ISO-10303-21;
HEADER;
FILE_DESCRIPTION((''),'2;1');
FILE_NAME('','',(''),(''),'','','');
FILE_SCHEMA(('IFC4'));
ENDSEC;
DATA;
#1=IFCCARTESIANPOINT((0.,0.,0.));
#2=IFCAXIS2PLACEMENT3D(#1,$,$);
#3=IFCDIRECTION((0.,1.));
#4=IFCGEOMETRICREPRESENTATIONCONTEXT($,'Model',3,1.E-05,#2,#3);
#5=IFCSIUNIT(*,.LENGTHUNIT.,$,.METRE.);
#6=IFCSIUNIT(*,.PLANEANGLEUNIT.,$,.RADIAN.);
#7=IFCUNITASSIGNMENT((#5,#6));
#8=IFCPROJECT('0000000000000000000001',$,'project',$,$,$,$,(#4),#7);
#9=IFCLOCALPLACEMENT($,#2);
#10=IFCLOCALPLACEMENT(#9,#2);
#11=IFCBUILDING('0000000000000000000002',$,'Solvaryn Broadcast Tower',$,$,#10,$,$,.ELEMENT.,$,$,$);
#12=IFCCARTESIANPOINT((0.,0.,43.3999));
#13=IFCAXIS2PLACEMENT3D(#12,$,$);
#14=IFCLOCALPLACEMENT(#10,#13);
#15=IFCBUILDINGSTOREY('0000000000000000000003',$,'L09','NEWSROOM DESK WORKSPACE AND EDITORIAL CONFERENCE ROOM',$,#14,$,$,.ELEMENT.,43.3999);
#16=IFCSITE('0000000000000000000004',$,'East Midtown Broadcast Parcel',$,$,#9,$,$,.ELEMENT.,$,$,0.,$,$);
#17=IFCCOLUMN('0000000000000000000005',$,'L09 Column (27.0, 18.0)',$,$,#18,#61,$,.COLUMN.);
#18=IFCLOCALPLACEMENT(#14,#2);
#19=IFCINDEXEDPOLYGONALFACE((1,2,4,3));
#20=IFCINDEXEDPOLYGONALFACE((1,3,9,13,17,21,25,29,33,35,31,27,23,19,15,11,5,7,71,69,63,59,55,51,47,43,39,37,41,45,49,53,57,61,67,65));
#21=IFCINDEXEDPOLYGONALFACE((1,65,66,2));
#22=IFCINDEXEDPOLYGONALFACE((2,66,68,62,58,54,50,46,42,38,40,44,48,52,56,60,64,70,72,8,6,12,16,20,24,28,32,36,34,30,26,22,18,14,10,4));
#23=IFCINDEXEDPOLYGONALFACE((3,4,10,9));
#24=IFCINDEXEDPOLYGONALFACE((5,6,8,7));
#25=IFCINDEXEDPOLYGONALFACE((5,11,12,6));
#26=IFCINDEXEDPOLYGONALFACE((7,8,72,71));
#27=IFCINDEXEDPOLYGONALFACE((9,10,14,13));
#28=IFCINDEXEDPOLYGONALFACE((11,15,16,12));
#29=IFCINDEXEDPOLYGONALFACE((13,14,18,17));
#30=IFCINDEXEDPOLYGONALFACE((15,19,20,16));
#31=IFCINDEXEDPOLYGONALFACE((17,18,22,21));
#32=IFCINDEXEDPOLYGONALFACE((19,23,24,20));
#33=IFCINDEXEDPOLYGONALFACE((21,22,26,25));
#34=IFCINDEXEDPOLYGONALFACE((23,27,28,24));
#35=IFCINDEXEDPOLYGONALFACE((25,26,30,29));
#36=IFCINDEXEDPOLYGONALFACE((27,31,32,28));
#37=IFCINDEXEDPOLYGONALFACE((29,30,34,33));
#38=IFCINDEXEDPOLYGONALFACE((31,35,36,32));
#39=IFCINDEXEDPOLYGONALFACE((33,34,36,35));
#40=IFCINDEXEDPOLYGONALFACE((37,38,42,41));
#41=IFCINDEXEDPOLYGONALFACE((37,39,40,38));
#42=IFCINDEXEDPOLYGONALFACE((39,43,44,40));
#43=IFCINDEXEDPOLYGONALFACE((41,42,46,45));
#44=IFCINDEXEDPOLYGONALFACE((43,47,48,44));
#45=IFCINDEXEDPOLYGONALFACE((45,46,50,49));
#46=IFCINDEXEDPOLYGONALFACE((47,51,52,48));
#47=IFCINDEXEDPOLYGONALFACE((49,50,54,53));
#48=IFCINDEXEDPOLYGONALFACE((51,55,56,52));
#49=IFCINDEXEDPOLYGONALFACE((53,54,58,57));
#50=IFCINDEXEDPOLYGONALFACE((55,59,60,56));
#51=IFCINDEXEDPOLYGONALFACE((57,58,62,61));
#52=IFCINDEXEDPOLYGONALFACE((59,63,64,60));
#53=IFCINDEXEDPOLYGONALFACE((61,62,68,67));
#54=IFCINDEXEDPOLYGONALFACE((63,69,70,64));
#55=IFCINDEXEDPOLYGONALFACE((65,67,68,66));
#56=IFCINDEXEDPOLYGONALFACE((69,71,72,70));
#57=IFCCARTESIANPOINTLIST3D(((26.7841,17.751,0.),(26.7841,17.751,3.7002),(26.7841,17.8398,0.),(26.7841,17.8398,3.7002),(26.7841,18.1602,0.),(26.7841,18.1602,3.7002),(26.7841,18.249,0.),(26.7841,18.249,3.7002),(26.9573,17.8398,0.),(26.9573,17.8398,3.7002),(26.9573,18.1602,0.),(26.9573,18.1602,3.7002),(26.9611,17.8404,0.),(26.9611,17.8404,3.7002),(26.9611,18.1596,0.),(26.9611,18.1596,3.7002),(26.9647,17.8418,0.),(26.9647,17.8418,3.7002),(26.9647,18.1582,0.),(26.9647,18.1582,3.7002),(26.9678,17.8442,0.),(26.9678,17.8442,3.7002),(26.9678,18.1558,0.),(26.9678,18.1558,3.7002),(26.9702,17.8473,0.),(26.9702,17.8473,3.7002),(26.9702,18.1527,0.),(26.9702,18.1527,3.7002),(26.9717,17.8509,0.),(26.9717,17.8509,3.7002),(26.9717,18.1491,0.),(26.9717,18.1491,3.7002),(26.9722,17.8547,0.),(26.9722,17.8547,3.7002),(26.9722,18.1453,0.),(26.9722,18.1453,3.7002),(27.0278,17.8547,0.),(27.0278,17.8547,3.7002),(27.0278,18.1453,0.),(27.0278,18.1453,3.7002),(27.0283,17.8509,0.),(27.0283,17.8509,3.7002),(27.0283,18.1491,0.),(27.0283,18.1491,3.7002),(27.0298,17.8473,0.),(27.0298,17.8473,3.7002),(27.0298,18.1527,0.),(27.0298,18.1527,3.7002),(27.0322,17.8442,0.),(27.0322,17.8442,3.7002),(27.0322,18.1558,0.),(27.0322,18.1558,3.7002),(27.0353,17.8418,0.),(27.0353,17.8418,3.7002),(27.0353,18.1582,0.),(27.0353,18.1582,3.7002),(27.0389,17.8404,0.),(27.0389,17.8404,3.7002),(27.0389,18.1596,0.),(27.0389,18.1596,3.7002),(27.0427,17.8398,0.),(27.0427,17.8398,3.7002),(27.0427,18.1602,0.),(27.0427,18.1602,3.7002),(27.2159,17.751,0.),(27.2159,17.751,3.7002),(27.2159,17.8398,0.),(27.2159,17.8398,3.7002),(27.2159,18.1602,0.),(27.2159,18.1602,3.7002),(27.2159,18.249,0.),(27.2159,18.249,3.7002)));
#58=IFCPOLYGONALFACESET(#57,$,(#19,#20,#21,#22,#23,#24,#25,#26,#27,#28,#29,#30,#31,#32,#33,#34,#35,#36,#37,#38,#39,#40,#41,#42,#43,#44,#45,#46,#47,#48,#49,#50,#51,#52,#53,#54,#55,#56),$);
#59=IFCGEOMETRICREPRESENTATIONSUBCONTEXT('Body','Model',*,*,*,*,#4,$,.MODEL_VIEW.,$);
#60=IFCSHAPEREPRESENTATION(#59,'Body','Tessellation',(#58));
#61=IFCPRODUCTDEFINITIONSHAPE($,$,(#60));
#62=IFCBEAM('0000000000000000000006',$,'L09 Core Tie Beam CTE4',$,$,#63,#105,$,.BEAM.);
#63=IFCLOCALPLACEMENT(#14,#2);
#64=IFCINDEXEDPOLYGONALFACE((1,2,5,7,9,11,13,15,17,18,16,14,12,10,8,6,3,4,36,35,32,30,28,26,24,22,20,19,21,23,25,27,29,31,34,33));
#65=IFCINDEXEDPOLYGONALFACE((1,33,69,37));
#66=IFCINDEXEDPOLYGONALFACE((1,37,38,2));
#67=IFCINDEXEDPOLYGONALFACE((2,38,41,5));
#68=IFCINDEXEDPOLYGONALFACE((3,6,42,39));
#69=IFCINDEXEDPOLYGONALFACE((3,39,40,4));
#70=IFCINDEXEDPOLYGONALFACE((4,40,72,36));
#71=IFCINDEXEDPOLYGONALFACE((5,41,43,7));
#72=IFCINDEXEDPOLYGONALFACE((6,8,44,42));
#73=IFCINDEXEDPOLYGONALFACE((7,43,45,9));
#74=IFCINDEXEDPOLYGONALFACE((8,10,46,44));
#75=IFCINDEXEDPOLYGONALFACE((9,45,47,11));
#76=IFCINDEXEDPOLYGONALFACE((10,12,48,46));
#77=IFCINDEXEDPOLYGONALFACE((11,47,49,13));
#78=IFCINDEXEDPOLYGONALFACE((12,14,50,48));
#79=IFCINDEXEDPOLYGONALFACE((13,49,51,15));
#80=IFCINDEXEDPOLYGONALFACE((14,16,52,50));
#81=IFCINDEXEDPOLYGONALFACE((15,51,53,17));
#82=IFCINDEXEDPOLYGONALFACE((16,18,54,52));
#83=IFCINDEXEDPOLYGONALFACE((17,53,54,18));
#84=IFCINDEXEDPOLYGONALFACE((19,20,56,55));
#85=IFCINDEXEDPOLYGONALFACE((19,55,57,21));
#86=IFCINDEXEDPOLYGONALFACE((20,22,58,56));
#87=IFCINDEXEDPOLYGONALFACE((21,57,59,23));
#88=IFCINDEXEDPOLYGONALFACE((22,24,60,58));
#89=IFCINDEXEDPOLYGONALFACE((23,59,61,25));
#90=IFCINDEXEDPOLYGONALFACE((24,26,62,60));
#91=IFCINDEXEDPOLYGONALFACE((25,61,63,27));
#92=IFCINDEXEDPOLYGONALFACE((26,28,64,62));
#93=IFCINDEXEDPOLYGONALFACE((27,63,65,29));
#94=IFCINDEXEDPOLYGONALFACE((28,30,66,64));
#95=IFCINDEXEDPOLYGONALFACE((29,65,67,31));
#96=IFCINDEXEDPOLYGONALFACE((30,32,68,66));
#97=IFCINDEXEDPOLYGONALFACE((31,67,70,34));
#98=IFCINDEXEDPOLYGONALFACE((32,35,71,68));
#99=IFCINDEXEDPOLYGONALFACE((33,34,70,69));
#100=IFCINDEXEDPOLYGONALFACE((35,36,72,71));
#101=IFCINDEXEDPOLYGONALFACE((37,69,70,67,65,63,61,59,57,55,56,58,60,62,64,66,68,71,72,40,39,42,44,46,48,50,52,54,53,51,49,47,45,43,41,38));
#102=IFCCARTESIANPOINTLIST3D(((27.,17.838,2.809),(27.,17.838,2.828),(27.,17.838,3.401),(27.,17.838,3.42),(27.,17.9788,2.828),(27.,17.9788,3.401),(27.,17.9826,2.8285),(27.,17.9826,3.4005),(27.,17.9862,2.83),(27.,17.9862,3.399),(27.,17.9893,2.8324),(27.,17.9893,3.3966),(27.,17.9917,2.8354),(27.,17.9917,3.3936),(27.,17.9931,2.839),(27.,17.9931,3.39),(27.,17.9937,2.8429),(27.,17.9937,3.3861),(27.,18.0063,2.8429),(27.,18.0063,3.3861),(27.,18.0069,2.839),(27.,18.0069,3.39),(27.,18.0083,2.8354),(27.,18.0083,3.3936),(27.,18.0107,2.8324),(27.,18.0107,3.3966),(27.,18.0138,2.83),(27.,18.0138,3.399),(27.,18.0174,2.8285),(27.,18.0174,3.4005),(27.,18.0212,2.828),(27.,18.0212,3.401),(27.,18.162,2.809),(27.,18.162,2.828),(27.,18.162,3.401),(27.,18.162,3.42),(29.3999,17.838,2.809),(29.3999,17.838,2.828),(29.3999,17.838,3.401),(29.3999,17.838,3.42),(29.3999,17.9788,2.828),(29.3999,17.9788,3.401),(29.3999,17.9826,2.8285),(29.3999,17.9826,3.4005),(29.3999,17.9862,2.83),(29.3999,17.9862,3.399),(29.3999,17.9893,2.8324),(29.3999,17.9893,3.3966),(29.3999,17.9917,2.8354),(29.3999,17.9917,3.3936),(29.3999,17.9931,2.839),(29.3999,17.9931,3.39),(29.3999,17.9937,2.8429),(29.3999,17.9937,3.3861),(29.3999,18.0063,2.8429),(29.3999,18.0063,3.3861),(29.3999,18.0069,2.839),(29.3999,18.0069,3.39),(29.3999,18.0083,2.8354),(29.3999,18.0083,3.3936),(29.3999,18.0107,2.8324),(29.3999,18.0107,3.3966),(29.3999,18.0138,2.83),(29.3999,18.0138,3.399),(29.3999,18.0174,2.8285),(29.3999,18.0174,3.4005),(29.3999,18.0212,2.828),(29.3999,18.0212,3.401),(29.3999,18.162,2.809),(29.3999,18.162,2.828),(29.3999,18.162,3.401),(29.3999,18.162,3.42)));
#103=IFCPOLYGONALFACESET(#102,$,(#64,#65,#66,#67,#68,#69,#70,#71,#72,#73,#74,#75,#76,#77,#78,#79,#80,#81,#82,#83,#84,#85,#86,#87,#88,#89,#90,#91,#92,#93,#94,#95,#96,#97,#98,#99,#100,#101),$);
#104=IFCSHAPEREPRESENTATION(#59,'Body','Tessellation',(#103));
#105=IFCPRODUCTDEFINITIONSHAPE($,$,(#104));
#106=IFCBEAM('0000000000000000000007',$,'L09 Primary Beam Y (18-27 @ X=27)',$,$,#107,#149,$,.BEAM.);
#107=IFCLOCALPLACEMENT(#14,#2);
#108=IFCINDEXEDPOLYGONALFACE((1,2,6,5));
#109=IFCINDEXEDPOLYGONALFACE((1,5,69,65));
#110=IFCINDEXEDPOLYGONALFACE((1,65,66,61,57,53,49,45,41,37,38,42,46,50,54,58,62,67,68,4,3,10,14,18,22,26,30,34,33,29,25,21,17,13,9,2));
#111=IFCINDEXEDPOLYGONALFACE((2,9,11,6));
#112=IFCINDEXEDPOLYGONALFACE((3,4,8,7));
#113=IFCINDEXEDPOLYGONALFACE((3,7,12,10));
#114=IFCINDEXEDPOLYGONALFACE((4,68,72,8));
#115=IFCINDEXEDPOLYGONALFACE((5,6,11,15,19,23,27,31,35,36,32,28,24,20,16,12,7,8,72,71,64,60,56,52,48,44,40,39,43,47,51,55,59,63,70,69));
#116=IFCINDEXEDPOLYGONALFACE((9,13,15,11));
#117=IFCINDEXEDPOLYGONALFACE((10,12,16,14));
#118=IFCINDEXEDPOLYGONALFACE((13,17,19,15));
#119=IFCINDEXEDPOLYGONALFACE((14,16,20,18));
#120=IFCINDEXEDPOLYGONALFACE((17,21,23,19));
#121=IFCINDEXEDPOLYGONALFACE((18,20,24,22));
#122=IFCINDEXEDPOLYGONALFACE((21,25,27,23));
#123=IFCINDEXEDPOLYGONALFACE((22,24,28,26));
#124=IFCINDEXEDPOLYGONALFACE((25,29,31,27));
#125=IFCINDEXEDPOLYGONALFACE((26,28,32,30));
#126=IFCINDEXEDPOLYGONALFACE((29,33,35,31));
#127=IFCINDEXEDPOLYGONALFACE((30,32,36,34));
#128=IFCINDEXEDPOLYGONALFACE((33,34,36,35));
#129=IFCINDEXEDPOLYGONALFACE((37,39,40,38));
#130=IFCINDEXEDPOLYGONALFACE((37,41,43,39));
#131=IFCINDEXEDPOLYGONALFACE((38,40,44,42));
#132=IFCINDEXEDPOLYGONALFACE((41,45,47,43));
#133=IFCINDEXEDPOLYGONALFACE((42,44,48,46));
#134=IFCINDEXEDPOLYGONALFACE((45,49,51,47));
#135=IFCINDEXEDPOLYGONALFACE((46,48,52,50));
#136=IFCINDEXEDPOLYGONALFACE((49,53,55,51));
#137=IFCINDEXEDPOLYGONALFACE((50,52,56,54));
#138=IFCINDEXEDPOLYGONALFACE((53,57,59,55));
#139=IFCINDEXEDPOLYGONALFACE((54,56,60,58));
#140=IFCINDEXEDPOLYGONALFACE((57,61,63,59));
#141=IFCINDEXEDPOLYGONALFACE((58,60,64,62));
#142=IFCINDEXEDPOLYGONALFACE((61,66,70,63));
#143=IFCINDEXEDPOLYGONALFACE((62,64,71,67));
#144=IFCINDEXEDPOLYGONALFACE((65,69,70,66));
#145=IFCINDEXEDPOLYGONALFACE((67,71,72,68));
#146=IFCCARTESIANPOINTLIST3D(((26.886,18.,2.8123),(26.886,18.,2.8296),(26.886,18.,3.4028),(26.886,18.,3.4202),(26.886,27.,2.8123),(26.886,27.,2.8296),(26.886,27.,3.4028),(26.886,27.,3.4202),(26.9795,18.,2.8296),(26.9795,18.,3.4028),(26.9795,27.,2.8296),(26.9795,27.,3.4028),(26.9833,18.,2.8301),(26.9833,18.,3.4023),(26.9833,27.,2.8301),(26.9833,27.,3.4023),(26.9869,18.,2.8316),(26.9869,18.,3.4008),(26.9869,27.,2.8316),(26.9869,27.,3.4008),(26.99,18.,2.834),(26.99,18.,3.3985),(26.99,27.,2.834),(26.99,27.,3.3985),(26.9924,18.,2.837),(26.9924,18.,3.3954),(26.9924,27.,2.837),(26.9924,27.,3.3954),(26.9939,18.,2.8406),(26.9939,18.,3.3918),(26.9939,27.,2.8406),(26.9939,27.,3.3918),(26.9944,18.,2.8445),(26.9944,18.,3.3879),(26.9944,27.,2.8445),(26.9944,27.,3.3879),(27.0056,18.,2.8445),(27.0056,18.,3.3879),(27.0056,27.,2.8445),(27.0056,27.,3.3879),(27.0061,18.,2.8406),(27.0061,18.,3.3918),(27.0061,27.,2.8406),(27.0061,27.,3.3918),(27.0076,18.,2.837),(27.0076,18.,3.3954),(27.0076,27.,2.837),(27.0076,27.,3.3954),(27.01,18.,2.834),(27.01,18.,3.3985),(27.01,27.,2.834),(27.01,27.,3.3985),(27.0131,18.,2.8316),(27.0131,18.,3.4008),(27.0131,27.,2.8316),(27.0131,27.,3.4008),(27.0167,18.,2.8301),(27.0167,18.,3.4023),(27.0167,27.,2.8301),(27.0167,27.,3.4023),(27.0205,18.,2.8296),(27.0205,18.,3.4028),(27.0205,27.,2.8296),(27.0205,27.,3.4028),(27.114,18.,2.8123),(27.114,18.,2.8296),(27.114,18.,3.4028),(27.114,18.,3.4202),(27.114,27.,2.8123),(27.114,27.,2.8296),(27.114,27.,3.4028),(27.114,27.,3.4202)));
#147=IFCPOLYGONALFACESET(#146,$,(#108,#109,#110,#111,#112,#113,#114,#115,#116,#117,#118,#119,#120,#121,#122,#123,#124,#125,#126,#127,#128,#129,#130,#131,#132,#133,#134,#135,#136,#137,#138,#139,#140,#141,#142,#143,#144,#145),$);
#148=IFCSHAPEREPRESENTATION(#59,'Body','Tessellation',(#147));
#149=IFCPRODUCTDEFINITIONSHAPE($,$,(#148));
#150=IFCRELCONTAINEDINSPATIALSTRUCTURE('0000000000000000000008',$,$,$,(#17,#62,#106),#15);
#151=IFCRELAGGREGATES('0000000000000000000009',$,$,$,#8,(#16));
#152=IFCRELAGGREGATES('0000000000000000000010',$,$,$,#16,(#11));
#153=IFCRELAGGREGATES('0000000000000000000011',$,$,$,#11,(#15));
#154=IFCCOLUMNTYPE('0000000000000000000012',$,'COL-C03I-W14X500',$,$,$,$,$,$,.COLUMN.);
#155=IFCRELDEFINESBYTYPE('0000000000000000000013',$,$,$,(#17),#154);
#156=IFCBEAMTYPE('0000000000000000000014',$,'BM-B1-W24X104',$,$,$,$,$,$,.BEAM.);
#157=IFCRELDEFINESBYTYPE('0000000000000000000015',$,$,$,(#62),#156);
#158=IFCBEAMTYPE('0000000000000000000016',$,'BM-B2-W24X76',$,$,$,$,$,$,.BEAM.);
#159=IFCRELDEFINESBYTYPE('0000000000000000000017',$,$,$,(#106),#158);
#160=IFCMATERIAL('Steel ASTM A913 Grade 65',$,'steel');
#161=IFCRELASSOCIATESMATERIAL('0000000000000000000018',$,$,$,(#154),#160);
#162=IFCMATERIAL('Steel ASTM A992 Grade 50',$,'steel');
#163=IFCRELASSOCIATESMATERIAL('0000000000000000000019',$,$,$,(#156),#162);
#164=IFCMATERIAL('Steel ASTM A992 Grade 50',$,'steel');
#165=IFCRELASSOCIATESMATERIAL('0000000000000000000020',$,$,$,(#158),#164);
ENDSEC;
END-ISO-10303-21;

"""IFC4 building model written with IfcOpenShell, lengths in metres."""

from ifc_helpers import new_model, si_unit, direction, frame, origin, origin_2d, place, context, subcontext, project, spatial, i_section, extrude, material, material_profile, profile_set, type_object, element, save


model = new_model("IFC4")

# Units and contexts
model_context = context("Model", 3, precision=1e-05, world=origin(), true_north=direction((0.0, 1.0)))
body_context = subcontext(model_context, "Body", "Model", "MODEL_VIEW")
ifc_project = project(units=[si_unit("LENGTHUNIT", "METRE"), si_unit("PLANEANGLEUNIT", "RADIAN")], contexts=[model_context])

# Site, building, storey
site_placement = place(None, origin())
site = spatial("IfcSite", under=ifc_project, at=site_placement, Name="East Midtown Broadcast Parcel", CompositionType="ELEMENT", RefElevation=0.0)
building_placement = place(site_placement, origin())
building = spatial("IfcBuilding", under=site, at=building_placement, Name="Solvaryn Broadcast Tower", CompositionType="ELEMENT")
storey_placement = place(building_placement, frame((0.0, 0.0, 43.3999)))
storey = spatial("IfcBuildingStorey", under=building, at=storey_placement, Name="L09", Description="NEWSROOM DESK WORKSPACE AND EDITORIAL CONFERENCE ROOM", CompositionType="ELEMENT", Elevation=43.3999)

# Column
ifc_material_1 = material(Name="Steel ASTM A913 Grade 65", Category="steel")
ifc_material_profile_1 = material_profile(ifc_material_1, i_section(OverallWidth=0.4319, OverallDepth=0.498, WebThickness=0.0557, FlangeThickness=0.0889, FilletRadius=0.0149, at=origin_2d()))
ifc_profile_set_1 = profile_set([ifc_material_profile_1], Name="Steel ASTM A913 Grade 65")
column_type = type_object("IfcColumnType", Name="COL-C03I-W14X500", PredefinedType="COLUMN", material=ifc_profile_set_1)
column_placement = place(storey_placement, frame((27.0, 18.0, 0.0), z_axis=(0.0, 0.0, 1.0), x_axis=(1.0, 0.0, 0.0)))
element("IfcColumn", 1, at=column_placement, inside=storey, type_object=column_type, Name="L09 Column (27.0, 18.0)", PredefinedType="COLUMN", context=body_context, shape_type="SweptSolid", body=[
    extrude(i_section(OverallWidth=0.4319, OverallDepth=0.498, WebThickness=0.0557, FlangeThickness=0.0889, FilletRadius=0.0149, at=origin_2d()), origin(), (0.0, 0.0, 1.0), 3.7002),
])

# Beams
ifc_material_2 = material(Name="Steel ASTM A992 Grade 50", Category="steel")
ifc_material_profile_2 = material_profile(ifc_material_2, i_section(OverallWidth=0.324, OverallDepth=0.6111, WebThickness=0.0127, FlangeThickness=0.019, FilletRadius=0.0149, at=origin_2d()))
ifc_profile_set_2 = profile_set([ifc_material_profile_2], Name="Steel ASTM A992 Grade 50")
beam_type_1 = type_object("IfcBeamType", Name="BM-B1-W24X104", PredefinedType="BEAM", material=ifc_profile_set_2)
beam_1_placement = place(storey_placement, frame((27.0, 18.0, 3.1145), z_axis=(1.0, 0.0, 0.0), x_axis=(0.0, 1.0, 0.0)))
element("IfcBeam", 2, at=beam_1_placement, inside=storey, type_object=beam_type_1, Name="L09 Core Tie Beam CTE4", PredefinedType="BEAM", context=body_context, shape_type="SweptSolid", body=[
    extrude(i_section(OverallWidth=0.324, OverallDepth=0.6111, WebThickness=0.0127, FlangeThickness=0.019, FilletRadius=0.0149, at=origin_2d()), origin(), (0.0, 0.0, 1.0), 2.3999),
])
ifc_material_3 = material(Name="Steel ASTM A992 Grade 50", Category="steel")
ifc_material_profile_3 = material_profile(ifc_material_3, i_section(OverallWidth=0.228, OverallDepth=0.6079, WebThickness=0.0112, FlangeThickness=0.0173, FilletRadius=0.0149, at=origin_2d()))
ifc_profile_set_3 = profile_set([ifc_material_profile_3], Name="Steel ASTM A992 Grade 50")
beam_type_2 = type_object("IfcBeamType", Name="BM-B2-W24X76", PredefinedType="BEAM", material=ifc_profile_set_3)
beam_2_placement = place(storey_placement, frame((27.0, 18.0, 3.1162), z_axis=(0.0, 1.0, 0.0), x_axis=(-1.0, 0.0, 0.0)))
element("IfcBeam", 3, at=beam_2_placement, inside=storey, type_object=beam_type_2, Name="L09 Primary Beam Y (18-27 @ X=27)", PredefinedType="BEAM", context=body_context, shape_type="SweptSolid", body=[
    extrude(i_section(OverallWidth=0.228, OverallDepth=0.6079, WebThickness=0.0112, FlangeThickness=0.0173, FilletRadius=0.0149, at=origin_2d()), origin(), (0.0, 0.0, 1.0), 9.0),
])

save(model, "model.ifc")
